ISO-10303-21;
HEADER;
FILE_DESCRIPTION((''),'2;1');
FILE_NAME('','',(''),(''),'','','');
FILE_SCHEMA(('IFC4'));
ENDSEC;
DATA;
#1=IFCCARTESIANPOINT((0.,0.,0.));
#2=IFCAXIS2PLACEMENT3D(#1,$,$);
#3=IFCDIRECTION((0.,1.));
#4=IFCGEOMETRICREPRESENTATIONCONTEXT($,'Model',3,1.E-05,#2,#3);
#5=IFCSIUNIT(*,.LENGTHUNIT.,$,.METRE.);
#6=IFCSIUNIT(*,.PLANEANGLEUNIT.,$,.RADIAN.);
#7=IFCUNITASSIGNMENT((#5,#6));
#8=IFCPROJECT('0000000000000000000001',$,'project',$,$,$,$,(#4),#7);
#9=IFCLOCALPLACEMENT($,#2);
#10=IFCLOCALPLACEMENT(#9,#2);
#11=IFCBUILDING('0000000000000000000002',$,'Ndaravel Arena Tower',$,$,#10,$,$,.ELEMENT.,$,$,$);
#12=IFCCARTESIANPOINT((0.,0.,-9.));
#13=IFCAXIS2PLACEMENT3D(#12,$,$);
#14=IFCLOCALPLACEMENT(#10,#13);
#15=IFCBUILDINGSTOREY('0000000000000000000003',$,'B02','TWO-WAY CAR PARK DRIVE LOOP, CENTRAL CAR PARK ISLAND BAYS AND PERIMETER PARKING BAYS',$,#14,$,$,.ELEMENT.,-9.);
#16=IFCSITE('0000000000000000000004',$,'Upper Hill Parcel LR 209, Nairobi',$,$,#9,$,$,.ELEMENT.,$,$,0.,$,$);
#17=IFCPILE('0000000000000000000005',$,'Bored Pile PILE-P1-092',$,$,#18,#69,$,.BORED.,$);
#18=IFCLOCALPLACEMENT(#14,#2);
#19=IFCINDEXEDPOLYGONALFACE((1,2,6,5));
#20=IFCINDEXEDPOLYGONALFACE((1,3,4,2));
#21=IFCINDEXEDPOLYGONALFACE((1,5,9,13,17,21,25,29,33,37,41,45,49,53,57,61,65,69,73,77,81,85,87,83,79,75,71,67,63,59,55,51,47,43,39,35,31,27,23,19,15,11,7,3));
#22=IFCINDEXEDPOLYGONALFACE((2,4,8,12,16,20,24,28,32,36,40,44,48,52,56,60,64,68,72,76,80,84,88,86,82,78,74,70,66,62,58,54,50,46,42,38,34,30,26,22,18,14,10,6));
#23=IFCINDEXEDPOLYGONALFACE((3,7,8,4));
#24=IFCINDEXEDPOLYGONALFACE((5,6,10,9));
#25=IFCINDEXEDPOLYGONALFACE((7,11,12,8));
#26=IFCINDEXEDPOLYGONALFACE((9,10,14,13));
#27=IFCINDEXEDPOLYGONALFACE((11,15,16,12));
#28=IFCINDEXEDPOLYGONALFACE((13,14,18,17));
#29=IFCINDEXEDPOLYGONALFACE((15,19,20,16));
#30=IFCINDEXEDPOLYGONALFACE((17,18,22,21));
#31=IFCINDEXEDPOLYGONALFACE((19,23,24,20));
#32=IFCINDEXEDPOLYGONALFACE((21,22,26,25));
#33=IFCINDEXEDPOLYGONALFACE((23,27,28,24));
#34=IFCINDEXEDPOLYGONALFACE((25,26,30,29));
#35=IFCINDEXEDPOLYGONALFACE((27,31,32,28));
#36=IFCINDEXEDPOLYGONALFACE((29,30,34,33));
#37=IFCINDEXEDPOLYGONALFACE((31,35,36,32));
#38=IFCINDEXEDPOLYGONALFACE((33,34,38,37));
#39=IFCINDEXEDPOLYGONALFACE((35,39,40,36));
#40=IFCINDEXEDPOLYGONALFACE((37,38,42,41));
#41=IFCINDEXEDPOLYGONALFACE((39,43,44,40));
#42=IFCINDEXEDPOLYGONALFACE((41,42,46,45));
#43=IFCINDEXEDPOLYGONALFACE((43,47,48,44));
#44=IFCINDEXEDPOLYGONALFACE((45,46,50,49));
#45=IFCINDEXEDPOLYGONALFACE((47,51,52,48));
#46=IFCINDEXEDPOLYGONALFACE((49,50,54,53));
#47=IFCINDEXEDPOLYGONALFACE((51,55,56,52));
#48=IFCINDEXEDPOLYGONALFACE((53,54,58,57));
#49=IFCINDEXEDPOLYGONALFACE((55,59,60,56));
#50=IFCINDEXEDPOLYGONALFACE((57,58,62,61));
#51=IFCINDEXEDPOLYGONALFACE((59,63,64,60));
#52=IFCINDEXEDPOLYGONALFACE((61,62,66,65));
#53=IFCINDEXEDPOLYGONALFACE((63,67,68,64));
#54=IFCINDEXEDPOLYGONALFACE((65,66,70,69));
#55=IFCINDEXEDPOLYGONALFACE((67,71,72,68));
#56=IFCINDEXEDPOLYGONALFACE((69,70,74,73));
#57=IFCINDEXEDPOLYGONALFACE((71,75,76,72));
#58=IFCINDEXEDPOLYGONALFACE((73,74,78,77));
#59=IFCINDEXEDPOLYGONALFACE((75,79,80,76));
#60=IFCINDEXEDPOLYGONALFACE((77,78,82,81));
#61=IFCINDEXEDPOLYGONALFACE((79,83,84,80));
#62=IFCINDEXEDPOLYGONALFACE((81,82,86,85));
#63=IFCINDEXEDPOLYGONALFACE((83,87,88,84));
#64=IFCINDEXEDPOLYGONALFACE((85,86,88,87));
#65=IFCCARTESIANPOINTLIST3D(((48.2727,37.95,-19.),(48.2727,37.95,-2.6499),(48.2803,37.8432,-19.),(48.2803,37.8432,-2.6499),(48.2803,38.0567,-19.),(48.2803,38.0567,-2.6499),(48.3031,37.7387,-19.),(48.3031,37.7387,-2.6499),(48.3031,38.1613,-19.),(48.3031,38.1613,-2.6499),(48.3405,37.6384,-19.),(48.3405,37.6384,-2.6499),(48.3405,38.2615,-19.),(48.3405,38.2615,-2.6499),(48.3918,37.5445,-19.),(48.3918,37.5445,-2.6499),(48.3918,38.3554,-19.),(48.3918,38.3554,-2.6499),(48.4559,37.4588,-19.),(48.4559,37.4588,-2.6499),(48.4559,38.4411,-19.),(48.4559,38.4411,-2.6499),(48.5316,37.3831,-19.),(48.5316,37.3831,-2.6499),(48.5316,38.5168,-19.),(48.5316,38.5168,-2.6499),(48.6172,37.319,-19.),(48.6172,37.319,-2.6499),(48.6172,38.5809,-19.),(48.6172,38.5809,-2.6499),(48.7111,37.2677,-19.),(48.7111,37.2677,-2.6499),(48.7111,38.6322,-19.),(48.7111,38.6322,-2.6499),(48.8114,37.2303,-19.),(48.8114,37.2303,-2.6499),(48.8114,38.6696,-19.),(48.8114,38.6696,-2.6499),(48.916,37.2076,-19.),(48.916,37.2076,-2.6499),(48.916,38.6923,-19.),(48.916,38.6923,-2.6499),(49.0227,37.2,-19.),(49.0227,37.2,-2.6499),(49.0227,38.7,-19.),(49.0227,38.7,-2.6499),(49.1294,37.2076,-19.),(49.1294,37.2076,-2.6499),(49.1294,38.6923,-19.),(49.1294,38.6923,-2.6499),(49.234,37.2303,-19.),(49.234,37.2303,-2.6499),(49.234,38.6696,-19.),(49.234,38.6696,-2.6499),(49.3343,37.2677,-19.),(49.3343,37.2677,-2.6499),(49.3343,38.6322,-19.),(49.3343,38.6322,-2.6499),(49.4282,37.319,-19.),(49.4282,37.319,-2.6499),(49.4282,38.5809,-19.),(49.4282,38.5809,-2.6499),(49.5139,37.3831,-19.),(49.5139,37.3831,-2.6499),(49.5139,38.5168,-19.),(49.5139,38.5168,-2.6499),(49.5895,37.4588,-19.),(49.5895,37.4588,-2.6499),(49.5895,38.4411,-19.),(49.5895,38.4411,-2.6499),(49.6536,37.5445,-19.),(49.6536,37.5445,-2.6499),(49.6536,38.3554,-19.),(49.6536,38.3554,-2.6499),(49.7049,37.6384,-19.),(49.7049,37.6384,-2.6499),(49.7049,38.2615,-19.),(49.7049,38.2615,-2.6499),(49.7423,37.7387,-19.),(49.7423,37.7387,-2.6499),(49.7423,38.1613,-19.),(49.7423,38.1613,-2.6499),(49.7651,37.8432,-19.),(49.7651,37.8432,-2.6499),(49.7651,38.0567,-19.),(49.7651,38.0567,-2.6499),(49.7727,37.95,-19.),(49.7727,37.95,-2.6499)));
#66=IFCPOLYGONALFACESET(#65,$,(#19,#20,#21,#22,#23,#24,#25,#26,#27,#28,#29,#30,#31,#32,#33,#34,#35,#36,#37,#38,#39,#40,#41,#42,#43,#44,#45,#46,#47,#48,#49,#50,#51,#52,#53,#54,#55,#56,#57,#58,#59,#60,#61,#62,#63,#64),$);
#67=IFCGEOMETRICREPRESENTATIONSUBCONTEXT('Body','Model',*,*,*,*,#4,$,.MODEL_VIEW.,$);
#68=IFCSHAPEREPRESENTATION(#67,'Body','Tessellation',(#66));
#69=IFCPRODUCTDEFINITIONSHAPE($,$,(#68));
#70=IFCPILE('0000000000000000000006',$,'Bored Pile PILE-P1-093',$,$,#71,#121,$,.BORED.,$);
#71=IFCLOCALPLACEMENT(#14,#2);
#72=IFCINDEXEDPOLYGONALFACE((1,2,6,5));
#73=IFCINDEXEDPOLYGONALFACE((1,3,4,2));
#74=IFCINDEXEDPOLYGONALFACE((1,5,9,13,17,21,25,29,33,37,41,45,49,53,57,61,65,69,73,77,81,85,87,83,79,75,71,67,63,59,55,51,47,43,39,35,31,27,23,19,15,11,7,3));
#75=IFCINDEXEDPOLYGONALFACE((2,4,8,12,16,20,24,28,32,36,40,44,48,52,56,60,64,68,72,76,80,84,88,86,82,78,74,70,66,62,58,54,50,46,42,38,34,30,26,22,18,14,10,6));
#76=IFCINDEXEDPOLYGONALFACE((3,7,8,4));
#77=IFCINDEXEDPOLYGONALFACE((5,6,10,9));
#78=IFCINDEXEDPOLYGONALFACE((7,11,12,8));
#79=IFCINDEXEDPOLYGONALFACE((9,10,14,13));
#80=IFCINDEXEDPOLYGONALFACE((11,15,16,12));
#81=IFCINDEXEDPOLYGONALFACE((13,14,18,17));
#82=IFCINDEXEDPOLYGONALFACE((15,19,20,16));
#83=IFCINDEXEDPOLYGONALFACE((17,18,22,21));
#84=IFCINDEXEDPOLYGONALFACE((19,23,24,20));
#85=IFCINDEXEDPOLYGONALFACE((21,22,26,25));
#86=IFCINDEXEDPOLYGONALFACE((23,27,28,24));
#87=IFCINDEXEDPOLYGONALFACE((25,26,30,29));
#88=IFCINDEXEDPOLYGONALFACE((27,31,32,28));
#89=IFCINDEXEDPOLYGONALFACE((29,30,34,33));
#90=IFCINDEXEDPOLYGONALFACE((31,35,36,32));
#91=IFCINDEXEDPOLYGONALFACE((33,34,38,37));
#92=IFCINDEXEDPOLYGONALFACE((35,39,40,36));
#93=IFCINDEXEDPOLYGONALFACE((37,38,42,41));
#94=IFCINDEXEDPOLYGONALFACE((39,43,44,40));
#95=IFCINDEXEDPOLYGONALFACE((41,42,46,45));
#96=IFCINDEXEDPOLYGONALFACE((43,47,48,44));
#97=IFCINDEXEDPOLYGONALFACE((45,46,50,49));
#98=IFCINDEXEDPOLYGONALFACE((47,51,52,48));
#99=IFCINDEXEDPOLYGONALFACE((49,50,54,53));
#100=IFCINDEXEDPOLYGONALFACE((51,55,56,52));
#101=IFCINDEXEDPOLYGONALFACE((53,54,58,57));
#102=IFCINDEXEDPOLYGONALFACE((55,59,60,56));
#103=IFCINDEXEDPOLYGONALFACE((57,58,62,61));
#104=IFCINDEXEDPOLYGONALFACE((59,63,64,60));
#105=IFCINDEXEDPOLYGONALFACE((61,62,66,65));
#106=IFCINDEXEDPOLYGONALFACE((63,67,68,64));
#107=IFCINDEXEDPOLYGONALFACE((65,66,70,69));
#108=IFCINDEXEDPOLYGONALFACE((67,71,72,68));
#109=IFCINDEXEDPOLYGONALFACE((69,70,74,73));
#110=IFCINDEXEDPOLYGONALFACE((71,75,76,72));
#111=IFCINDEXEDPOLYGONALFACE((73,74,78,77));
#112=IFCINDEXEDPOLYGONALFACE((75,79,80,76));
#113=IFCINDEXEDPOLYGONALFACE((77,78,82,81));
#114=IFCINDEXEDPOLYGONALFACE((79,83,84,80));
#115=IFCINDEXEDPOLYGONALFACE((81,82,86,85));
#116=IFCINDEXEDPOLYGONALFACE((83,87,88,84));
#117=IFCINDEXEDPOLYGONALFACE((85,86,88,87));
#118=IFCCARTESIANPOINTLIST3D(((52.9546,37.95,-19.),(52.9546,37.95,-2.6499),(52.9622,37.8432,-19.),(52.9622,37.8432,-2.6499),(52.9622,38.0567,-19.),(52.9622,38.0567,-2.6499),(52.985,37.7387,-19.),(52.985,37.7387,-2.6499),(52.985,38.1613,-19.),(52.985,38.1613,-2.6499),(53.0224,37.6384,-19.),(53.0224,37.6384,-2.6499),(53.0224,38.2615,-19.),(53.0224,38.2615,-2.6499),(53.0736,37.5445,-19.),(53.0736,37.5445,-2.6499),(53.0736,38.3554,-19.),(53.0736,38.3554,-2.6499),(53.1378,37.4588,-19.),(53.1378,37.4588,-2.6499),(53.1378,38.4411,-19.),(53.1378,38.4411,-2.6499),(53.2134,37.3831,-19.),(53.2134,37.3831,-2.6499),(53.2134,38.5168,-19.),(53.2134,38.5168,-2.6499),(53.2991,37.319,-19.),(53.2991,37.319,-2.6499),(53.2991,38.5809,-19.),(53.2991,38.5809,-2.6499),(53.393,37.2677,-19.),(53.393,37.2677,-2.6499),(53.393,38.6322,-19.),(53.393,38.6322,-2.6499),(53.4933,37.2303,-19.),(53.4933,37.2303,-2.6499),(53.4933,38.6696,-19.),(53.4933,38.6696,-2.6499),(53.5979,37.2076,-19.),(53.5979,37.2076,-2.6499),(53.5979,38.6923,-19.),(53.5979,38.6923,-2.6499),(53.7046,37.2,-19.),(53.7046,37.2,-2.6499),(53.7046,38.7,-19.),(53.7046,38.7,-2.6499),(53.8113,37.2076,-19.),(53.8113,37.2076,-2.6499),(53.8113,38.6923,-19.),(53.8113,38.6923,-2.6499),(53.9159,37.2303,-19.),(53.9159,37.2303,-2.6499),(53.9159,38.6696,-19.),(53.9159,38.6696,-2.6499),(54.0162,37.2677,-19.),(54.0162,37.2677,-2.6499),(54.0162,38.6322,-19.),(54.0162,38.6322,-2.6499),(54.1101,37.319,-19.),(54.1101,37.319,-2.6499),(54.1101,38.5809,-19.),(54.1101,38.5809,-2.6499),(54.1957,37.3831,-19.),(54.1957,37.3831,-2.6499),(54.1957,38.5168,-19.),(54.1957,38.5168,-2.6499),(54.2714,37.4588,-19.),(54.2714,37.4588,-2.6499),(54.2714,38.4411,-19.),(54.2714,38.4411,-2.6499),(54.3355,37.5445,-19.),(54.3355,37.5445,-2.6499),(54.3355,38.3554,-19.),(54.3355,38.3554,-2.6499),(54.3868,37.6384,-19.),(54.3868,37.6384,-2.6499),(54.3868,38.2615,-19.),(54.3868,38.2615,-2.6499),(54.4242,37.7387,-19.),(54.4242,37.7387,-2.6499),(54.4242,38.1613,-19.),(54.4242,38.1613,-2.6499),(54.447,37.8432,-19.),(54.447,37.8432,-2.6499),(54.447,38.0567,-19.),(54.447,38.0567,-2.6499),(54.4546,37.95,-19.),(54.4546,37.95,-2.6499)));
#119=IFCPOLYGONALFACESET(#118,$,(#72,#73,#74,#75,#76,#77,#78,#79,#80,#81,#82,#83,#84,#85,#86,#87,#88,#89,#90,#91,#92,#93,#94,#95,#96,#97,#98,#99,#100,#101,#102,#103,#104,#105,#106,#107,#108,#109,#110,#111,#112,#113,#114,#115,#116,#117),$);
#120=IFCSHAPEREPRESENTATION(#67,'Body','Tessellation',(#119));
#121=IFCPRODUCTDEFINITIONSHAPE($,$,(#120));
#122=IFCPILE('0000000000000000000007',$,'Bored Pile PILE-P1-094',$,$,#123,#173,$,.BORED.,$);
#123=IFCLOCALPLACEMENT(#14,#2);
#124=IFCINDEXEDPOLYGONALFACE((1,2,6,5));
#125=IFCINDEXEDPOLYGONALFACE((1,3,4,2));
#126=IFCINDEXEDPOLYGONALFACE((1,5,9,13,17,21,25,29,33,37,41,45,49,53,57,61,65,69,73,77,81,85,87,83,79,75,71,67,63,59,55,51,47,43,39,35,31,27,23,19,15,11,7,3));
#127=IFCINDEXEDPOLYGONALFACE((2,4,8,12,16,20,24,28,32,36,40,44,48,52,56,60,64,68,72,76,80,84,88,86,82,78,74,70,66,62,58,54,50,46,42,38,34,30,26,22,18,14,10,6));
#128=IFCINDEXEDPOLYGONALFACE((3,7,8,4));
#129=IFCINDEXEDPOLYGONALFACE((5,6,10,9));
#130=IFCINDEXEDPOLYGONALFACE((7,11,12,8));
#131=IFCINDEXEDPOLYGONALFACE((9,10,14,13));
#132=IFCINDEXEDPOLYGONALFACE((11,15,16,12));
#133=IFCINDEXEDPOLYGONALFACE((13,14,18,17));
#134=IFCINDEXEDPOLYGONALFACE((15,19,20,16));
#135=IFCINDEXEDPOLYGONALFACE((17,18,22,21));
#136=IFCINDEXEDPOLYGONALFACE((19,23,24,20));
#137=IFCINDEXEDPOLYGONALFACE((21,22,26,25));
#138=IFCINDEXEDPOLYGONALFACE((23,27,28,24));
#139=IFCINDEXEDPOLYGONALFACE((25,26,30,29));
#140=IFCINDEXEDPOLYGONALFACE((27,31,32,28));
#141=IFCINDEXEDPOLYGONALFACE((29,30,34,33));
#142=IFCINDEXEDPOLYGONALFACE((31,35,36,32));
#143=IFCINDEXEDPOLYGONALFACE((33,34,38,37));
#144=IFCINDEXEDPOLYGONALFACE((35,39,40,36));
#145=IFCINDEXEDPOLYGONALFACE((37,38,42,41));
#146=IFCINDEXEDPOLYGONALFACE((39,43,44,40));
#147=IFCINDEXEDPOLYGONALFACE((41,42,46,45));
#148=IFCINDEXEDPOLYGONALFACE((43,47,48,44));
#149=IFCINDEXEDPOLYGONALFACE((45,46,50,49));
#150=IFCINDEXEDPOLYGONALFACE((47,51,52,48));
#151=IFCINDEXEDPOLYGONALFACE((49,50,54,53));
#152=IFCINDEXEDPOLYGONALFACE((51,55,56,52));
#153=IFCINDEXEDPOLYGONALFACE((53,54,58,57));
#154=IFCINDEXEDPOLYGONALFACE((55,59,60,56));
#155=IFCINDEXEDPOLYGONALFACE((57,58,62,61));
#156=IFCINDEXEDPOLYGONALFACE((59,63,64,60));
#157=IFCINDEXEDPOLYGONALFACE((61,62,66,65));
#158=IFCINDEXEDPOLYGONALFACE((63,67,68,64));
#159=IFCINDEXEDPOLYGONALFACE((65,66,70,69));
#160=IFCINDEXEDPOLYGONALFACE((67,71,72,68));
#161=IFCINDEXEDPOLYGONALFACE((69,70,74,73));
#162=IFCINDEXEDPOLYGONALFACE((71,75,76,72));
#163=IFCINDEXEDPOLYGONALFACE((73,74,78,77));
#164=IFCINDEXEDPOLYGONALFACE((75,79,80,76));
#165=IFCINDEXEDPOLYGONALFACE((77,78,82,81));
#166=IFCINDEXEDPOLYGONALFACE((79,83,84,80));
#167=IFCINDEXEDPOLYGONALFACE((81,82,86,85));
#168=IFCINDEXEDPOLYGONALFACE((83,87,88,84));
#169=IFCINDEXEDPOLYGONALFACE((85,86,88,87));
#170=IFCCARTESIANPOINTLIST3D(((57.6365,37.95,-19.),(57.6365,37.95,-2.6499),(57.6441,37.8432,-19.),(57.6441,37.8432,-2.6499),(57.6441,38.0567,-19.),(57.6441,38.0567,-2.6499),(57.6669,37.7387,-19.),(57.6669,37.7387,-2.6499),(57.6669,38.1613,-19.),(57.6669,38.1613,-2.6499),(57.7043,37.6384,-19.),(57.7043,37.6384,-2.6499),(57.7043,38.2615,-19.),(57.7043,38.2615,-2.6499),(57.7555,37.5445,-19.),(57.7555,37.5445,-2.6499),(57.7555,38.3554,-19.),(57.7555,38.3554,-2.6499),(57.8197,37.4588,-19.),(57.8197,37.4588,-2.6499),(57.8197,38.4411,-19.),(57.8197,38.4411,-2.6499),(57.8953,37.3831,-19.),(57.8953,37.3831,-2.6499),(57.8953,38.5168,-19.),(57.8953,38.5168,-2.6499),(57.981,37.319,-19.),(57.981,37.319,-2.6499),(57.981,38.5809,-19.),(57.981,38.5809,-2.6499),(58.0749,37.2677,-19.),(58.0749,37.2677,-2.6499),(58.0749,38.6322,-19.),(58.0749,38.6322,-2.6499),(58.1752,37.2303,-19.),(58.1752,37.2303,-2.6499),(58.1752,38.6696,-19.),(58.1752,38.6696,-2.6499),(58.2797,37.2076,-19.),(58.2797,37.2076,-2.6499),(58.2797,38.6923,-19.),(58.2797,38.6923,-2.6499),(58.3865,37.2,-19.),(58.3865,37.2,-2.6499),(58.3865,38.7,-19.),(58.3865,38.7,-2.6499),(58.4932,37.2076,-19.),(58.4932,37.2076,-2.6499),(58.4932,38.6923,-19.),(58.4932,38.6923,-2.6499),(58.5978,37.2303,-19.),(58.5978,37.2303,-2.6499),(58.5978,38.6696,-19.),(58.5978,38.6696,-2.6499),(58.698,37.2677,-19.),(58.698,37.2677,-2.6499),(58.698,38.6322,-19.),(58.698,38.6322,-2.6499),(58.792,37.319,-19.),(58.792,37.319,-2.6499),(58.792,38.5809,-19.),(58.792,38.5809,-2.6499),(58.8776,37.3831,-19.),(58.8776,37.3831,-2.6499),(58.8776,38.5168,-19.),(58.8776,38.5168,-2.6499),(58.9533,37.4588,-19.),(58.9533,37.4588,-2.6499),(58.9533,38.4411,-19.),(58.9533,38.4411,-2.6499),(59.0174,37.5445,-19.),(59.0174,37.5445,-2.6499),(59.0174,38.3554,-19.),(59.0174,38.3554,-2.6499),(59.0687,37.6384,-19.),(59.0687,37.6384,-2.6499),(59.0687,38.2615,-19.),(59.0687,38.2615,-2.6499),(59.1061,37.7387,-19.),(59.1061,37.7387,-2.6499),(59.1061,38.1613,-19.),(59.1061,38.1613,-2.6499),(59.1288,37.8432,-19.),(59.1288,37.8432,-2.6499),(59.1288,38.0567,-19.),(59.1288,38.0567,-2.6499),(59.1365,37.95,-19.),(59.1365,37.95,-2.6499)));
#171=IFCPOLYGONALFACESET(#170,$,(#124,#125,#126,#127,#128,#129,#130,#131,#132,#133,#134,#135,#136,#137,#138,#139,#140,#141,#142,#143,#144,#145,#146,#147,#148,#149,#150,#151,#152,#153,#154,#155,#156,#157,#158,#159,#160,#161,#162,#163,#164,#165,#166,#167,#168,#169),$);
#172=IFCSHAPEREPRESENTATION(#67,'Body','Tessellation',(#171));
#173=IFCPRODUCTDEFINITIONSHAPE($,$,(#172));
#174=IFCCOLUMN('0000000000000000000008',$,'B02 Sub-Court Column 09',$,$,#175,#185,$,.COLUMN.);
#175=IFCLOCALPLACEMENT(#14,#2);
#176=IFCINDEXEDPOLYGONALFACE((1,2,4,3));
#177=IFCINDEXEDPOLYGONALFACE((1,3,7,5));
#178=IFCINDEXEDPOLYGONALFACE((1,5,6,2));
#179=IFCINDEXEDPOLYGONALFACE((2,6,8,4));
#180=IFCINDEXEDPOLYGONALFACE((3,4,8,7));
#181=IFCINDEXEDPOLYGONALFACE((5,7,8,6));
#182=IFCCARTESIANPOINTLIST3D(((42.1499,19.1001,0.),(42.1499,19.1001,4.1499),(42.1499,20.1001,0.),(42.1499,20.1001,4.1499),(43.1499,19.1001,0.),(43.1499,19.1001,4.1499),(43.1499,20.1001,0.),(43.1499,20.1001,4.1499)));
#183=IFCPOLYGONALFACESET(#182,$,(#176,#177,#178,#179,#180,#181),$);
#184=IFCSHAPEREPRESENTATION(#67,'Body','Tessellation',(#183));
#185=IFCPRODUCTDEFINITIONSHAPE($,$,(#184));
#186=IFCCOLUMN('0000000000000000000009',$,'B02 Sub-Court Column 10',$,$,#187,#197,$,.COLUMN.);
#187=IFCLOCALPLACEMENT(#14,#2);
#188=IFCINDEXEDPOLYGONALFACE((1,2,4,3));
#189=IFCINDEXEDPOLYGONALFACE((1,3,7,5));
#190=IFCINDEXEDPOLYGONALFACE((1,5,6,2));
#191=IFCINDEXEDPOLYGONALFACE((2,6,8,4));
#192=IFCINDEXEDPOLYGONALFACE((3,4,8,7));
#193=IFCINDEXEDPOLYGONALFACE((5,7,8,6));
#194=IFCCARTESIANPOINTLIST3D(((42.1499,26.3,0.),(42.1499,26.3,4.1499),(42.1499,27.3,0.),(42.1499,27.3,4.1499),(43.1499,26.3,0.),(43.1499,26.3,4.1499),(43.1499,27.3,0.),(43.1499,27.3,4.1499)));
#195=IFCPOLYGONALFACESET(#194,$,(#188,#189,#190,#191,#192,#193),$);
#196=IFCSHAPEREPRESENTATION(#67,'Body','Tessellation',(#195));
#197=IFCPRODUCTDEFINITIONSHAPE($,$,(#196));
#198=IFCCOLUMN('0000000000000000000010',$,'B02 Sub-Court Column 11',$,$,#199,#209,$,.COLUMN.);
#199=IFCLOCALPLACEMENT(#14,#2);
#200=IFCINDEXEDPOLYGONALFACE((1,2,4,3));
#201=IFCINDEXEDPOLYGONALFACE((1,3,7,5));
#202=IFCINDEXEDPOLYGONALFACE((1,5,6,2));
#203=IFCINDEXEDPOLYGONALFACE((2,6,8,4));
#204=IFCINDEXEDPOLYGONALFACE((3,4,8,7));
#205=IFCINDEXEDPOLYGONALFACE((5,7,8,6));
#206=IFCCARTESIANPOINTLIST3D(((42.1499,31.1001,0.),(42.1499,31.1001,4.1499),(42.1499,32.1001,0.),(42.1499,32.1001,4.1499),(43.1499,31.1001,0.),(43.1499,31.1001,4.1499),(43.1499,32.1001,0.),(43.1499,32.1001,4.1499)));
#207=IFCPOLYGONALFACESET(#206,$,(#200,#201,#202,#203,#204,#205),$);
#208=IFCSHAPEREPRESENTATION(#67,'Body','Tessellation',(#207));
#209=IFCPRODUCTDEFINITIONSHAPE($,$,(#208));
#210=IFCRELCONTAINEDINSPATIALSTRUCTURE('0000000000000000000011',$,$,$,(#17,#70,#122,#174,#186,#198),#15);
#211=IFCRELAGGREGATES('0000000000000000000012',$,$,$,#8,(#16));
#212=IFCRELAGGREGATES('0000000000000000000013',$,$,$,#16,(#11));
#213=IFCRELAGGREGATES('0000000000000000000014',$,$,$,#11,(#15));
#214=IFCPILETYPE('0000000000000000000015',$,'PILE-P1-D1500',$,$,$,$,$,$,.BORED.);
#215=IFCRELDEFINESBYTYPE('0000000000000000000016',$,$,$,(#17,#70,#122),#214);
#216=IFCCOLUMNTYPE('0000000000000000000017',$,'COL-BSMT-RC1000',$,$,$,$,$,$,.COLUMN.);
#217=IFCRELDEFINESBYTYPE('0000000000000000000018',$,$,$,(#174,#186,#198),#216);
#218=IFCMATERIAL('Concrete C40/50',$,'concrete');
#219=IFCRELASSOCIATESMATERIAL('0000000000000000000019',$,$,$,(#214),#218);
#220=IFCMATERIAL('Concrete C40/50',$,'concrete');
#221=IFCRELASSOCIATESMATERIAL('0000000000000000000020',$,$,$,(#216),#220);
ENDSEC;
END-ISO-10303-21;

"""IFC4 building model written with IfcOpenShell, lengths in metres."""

from ifc_helpers import new_model, si_unit, direction, frame, origin, origin_2d, place, context, subcontext, project, spatial, rectangle, circle, extrude, material, material_profile, profile_set, type_object, element, save


model = new_model("IFC4")

# Units and contexts
model_context = context("Model", 3, precision=1e-05, world=origin(), true_north=direction((0.0, 1.0)))
body_context = subcontext(model_context, "Body", "Model", "MODEL_VIEW")
ifc_project = project(units=[si_unit("LENGTHUNIT", "METRE"), si_unit("PLANEANGLEUNIT", "RADIAN")], contexts=[model_context])

# Site, building, storey
site_placement = place(None, origin())
site = spatial("IfcSite", under=ifc_project, at=site_placement, Name="Upper Hill Parcel LR 209, Nairobi", CompositionType="ELEMENT", RefElevation=0.0)
building_placement = place(site_placement, origin())
building = spatial("IfcBuilding", under=site, at=building_placement, Name="Ndaravel Arena Tower", CompositionType="ELEMENT")
storey_placement = place(building_placement, frame((0.0, 0.0, -9.0)))
storey = spatial("IfcBuildingStorey", under=building, at=storey_placement, Name="B02", Description="TWO-WAY CAR PARK DRIVE LOOP, CENTRAL CAR PARK ISLAND BAYS AND PERIMETER PARKING BAYS", CompositionType="ELEMENT", Elevation=-9.0)

# Piles
ifc_material_1 = material(Name="Concrete C40/50", Category="concrete")
ifc_material_profile_1 = material_profile(ifc_material_1, circle(Radius=0.75, at=origin_2d()), Name="BORED PILE D1500")
ifc_profile_set_1 = profile_set([ifc_material_profile_1], Name="Concrete C40/50")
pile_type = type_object("IfcPileType", Name="PILE-P1-D1500", PredefinedType="BORED", material=ifc_profile_set_1)
for number, where, z_axis, x_axis, name in (
    (1, (49.0227, 37.95, -2.6499), (0.0, 0.0, -1.0), (1.0, 0.0, 0.0), "Bored Pile PILE-P1-092"),
    (2, (53.7046, 37.95, -2.6499), (0.0, 0.0, -1.0), (1.0, 0.0, 0.0), "Bored Pile PILE-P1-093"),
    (3, (58.3865, 37.95, -2.6499), (0.0, 0.0, -1.0), (1.0, 0.0, 0.0), "Bored Pile PILE-P1-094"),
):
    element("IfcPile", number, at=place(storey_placement, frame(where, z_axis=z_axis, x_axis=x_axis)), inside=storey, type_object=pile_type, Name=name, PredefinedType="BORED", context=body_context, shape_type="SweptSolid", body=[
        extrude(circle(Radius=0.75, at=origin_2d()), origin(), (0.0, 0.0, 1.0), 16.3501),
    ])

# Columns
ifc_material_2 = material(Name="Concrete C40/50", Category="concrete")
ifc_material_profile_2 = material_profile(ifc_material_2, rectangle(XDim=1.0, YDim=1.0, at=origin_2d()), Name="RC 1000x1000")
ifc_profile_set_2 = profile_set([ifc_material_profile_2], Name="Concrete C40/50")
column_type = type_object("IfcColumnType", Name="COL-BSMT-RC1000", PredefinedType="COLUMN", material=ifc_profile_set_2)
for number, where, z_axis, x_axis, name in (
    (4, (42.6499, 19.6001, 0.0), (0.0, 0.0, 1.0), (1.0, 0.0, 0.0), "B02 Sub-Court Column 09"),
    (5, (42.6499, 26.8, 0.0), (0.0, 0.0, 1.0), (1.0, 0.0, 0.0), "B02 Sub-Court Column 10"),
    (6, (42.6499, 31.6001, 0.0), (0.0, 0.0, 1.0), (1.0, 0.0, 0.0), "B02 Sub-Court Column 11"),
):
    element("IfcColumn", number, at=place(storey_placement, frame(where, z_axis=z_axis, x_axis=x_axis)), inside=storey, type_object=column_type, Name=name, PredefinedType="COLUMN", context=body_context, shape_type="SweptSolid", body=[
        extrude(rectangle(XDim=1.0, YDim=1.0, at=origin_2d()), origin(), (0.0, 0.0, 1.0), 4.1499),
    ])

save(model, "model.ifc")
